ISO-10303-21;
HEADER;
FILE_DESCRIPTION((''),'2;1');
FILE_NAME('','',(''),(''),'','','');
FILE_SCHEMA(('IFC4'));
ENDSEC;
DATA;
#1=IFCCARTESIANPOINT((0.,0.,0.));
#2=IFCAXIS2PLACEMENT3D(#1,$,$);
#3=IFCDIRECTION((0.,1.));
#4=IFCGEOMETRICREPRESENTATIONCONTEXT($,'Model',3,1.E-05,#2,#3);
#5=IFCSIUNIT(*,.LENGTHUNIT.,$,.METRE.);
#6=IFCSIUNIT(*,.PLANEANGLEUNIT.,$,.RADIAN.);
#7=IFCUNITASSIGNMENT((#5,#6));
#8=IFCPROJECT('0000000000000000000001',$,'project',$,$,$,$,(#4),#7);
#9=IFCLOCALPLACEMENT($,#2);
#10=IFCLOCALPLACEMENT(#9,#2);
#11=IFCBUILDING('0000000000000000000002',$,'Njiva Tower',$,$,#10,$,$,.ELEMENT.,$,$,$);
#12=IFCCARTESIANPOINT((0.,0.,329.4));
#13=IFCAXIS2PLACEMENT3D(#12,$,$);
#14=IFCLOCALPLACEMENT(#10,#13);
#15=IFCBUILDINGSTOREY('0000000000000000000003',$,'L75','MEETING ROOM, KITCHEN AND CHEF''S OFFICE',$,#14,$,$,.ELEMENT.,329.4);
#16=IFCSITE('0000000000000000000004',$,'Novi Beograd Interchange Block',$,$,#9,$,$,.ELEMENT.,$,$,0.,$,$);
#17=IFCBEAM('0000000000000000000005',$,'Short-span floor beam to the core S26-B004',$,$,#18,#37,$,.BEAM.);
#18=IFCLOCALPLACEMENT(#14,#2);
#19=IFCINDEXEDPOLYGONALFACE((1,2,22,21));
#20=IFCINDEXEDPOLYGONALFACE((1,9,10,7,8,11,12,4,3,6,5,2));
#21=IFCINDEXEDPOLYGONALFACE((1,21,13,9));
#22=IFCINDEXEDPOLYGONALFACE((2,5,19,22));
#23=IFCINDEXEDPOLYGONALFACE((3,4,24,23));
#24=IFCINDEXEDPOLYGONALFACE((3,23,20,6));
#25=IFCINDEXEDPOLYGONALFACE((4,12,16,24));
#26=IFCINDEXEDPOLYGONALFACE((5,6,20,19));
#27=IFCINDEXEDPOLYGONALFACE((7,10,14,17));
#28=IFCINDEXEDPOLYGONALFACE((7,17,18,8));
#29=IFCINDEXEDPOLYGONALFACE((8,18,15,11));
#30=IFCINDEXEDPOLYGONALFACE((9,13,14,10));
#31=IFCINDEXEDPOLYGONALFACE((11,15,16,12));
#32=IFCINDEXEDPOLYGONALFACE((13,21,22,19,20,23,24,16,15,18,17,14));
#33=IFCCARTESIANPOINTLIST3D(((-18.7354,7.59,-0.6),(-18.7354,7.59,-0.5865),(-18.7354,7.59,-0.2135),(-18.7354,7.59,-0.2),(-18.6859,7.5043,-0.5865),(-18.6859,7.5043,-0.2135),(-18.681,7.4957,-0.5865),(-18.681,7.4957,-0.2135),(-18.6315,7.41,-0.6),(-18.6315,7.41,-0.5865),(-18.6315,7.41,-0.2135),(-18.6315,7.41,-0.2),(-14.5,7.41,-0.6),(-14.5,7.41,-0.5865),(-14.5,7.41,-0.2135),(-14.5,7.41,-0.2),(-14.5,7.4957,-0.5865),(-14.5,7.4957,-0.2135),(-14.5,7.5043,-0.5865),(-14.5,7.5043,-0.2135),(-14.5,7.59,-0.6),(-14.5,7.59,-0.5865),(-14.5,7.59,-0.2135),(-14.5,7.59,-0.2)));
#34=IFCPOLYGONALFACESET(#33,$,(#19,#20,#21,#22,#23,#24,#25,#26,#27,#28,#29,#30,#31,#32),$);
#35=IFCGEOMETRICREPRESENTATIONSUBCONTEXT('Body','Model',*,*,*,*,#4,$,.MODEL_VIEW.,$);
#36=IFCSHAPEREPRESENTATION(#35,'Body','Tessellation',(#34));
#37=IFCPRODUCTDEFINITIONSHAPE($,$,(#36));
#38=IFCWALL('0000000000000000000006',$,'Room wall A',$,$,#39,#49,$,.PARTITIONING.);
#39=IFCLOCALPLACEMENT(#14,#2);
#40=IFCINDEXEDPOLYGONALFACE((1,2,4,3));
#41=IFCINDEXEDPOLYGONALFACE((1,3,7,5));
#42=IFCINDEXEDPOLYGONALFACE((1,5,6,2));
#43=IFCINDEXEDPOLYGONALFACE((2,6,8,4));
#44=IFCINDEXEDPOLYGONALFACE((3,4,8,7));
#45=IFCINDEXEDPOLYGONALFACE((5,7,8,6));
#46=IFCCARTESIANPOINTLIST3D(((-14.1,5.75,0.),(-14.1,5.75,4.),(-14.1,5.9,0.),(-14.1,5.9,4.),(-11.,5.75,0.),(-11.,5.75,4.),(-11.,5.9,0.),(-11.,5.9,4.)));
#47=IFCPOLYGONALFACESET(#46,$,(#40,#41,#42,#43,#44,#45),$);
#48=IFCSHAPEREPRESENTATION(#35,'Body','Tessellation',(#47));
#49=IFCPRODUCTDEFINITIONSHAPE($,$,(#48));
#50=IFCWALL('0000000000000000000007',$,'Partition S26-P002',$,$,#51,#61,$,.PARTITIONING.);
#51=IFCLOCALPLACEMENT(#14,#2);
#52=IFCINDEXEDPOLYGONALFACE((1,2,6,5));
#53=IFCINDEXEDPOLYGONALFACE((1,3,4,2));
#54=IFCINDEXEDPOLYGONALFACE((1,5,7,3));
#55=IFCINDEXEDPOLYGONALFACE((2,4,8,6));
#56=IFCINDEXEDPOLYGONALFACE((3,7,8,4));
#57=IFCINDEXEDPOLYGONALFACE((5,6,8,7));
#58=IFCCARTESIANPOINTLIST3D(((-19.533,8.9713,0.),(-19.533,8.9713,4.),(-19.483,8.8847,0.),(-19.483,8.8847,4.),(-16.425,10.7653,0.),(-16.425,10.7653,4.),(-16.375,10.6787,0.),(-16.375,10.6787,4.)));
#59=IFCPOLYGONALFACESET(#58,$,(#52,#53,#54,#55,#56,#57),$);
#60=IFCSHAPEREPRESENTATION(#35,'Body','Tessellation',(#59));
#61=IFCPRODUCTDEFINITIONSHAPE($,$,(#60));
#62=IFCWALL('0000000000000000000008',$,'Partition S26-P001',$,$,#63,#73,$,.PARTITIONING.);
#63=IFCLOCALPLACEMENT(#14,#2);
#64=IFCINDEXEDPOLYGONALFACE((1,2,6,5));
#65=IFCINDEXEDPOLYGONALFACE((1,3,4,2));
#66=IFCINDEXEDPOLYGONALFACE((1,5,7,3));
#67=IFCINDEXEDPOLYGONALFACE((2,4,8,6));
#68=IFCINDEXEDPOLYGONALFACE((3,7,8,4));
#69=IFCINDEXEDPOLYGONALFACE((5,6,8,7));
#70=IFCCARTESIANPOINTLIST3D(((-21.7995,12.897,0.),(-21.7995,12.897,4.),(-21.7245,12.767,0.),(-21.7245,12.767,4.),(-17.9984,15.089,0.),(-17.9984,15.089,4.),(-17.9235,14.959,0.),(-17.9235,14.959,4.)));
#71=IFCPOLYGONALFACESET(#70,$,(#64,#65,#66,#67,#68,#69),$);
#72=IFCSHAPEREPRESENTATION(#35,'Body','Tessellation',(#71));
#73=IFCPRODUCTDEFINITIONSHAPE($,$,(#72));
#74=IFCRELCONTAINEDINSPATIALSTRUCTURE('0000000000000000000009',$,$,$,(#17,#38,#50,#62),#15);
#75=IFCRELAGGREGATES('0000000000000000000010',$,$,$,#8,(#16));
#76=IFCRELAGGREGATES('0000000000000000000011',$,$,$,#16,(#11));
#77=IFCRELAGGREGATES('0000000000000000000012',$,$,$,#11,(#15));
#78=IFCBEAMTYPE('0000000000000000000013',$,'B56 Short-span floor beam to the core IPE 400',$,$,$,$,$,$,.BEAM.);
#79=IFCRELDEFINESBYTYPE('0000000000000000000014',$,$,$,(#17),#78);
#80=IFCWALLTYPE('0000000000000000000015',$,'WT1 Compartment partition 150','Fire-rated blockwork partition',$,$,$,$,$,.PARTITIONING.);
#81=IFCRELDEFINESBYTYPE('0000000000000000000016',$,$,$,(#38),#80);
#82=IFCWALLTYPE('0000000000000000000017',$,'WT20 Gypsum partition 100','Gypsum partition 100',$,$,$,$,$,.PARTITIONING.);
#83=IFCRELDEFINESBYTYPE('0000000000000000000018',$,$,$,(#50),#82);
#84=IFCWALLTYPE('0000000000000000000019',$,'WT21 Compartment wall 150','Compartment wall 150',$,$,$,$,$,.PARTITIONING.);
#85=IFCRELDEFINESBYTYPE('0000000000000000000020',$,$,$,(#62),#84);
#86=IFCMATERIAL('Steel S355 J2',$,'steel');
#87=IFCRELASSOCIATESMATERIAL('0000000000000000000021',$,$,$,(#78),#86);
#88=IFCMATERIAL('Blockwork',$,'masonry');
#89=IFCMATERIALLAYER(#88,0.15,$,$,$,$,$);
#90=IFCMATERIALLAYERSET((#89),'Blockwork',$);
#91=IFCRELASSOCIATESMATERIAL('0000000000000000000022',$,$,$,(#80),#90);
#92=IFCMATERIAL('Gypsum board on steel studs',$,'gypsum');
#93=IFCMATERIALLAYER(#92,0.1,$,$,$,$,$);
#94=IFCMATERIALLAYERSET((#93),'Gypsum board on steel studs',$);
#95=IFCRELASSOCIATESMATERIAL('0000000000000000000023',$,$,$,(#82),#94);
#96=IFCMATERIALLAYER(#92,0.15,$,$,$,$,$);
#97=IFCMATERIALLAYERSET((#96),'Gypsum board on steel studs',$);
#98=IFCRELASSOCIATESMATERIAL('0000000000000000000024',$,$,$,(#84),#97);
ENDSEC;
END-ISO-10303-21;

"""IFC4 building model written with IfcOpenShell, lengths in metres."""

from ifc_helpers import new_model, si_unit, direction, frame, frame_2d, origin, origin_2d, place, context, subcontext, project, spatial, rectangle, i_section, extrude, clip, halfspace, material, layer, layer_set, material_profile, profile_set, type_object, element, save


model = new_model("IFC4")

# Units and contexts
model_context = context("Model", 3, precision=1e-05, world=origin(), true_north=direction((0.0, 1.0)))
body_context = subcontext(model_context, "Body", "Model", "MODEL_VIEW")
ifc_project = project(units=[si_unit("LENGTHUNIT", "METRE"), si_unit("PLANEANGLEUNIT", "RADIAN")], contexts=[model_context])

# Site, building, storey
site_placement = place(None, origin())
site = spatial("IfcSite", under=ifc_project, at=site_placement, Name="Novi Beograd Interchange Block", CompositionType="ELEMENT", RefElevation=0.0)
building_placement = place(site_placement, origin())
building = spatial("IfcBuilding", under=site, at=building_placement, Name="Njiva Tower", CompositionType="ELEMENT")
storey_placement = place(building_placement, frame((0.0, 0.0, 329.4)))
storey = spatial("IfcBuildingStorey", under=building, at=storey_placement, Name="L75", Description="MEETING ROOM, KITCHEN AND CHEF'S OFFICE", CompositionType="ELEMENT", Elevation=329.4)

# Shared definitions
ifc_material_1 = material(Name="Steel S355 J2", Category="steel")

# Beam
ifc_material_profile_1 = material_profile(ifc_material_1, i_section(OverallWidth=0.18, OverallDepth=0.4, WebThickness=0.0086, FlangeThickness=0.0135, at=origin_2d()), Name="IPE 400")
ifc_profile_set_1 = profile_set([ifc_material_profile_1], Name="Steel S355 J2")
beam_type_1 = type_object("IfcBeamType", Name="B56 Short-span floor beam to the core IPE 400", PredefinedType="BEAM", material=ifc_profile_set_1)
beam_1_placement = place(storey_placement, frame((-18.755, 7.5, -0.4), z_axis=(1.0, 0.0, 0.0), x_axis=(0.0, 1.0, 0.0)))
element("IfcBeam", 1, at=beam_1_placement, inside=storey, type_object=beam_type_1, Name="Short-span floor beam to the core S26-B004", PredefinedType="BEAM", context=body_context, shape_type="Clipping", body=[
    clip(extrude(i_section(OverallWidth=0.18, OverallDepth=0.4, WebThickness=0.0086, FlangeThickness=0.0135, at=origin_2d()), origin(), (0.0, 0.0, 1.0), 4.255), halfspace(frame((-0.025, 0.0, 0.086), z_axis=(-0.499998, 0.0, -0.866027), x_axis=(0.0, -1.0, 0.0)), False)),
])

# Walls
ifc_material_2 = material(Name="Blockwork", Category="masonry")
ifc_layer_1 = layer(ifc_material_2, 0.15)
ifc_layer_set_1 = layer_set([ifc_layer_1], Name="Blockwork")
wall_type_1 = type_object("IfcWallType", Name="WT1 Compartment partition 150", Description="Fire-rated blockwork partition", PredefinedType="PARTITIONING", material=ifc_layer_set_1)
wall_1_placement = place(storey_placement, frame((-14.1, 5.825, 0.0), z_axis=(0.0, 0.0, 1.0), x_axis=(1.0, 0.0, 0.0)))
element("IfcWall", 2, at=wall_1_placement, inside=storey, type_object=wall_type_1, Name="Room wall A", PredefinedType="PARTITIONING", context=body_context, shape_type="SweptSolid", body=[
    extrude(rectangle(XDim=3.1, YDim=0.15, at=frame_2d((1.55, 0.0))), origin(), (0.0, 0.0, 1.0), 4.0),
])
ifc_material_3 = material(Name="Gypsum board on steel studs", Category="gypsum")
ifc_layer_2 = layer(ifc_material_3, 0.1)
ifc_layer_set_2 = layer_set([ifc_layer_2], Name="Gypsum board on steel studs")
wall_type_2 = type_object("IfcWallType", Name="WT20 Gypsum partition 100", Description="Gypsum partition 100", PredefinedType="PARTITIONING", material=ifc_layer_set_2)
wall_2_placement = place(storey_placement, frame((-19.508, 8.928, 0.0), z_axis=(0.0, 0.0, 1.0), x_axis=(0.866074, 0.499915, 0.0)))
element("IfcWall", 3, at=wall_2_placement, inside=storey, type_object=wall_type_2, Name="Partition S26-P002", PredefinedType="PARTITIONING", context=body_context, shape_type="SweptSolid", body=[
    extrude(rectangle(XDim=3.5886, YDim=0.1, at=frame_2d((1.7943, 0.0))), origin(), (0.0, 0.0, 1.0), 4.0),
])
ifc_layer_3 = layer(ifc_material_3, 0.15)
ifc_layer_set_3 = layer_set([ifc_layer_3], Name="Gypsum board on steel studs")
wall_type_3 = type_object("IfcWallType", Name="WT21 Compartment wall 150", Description="Compartment wall 150", PredefinedType="PARTITIONING", material=ifc_layer_set_3)
wall_3_placement = place(storey_placement, frame((-21.762, 12.832, 0.0), z_axis=(0.0, 0.0, 1.0), x_axis=(0.866273, 0.499571, 0.0)))
element("IfcWall", 4, at=wall_3_placement, inside=storey, type_object=wall_type_3, Name="Partition S26-P001", PredefinedType="PARTITIONING", context=body_context, shape_type="SweptSolid", body=[
    extrude(rectangle(XDim=4.3878, YDim=0.15, at=frame_2d((2.1939, 0.0))), origin(), (0.0, 0.0, 1.0), 4.0),
])

save(model, "model.ifc")
